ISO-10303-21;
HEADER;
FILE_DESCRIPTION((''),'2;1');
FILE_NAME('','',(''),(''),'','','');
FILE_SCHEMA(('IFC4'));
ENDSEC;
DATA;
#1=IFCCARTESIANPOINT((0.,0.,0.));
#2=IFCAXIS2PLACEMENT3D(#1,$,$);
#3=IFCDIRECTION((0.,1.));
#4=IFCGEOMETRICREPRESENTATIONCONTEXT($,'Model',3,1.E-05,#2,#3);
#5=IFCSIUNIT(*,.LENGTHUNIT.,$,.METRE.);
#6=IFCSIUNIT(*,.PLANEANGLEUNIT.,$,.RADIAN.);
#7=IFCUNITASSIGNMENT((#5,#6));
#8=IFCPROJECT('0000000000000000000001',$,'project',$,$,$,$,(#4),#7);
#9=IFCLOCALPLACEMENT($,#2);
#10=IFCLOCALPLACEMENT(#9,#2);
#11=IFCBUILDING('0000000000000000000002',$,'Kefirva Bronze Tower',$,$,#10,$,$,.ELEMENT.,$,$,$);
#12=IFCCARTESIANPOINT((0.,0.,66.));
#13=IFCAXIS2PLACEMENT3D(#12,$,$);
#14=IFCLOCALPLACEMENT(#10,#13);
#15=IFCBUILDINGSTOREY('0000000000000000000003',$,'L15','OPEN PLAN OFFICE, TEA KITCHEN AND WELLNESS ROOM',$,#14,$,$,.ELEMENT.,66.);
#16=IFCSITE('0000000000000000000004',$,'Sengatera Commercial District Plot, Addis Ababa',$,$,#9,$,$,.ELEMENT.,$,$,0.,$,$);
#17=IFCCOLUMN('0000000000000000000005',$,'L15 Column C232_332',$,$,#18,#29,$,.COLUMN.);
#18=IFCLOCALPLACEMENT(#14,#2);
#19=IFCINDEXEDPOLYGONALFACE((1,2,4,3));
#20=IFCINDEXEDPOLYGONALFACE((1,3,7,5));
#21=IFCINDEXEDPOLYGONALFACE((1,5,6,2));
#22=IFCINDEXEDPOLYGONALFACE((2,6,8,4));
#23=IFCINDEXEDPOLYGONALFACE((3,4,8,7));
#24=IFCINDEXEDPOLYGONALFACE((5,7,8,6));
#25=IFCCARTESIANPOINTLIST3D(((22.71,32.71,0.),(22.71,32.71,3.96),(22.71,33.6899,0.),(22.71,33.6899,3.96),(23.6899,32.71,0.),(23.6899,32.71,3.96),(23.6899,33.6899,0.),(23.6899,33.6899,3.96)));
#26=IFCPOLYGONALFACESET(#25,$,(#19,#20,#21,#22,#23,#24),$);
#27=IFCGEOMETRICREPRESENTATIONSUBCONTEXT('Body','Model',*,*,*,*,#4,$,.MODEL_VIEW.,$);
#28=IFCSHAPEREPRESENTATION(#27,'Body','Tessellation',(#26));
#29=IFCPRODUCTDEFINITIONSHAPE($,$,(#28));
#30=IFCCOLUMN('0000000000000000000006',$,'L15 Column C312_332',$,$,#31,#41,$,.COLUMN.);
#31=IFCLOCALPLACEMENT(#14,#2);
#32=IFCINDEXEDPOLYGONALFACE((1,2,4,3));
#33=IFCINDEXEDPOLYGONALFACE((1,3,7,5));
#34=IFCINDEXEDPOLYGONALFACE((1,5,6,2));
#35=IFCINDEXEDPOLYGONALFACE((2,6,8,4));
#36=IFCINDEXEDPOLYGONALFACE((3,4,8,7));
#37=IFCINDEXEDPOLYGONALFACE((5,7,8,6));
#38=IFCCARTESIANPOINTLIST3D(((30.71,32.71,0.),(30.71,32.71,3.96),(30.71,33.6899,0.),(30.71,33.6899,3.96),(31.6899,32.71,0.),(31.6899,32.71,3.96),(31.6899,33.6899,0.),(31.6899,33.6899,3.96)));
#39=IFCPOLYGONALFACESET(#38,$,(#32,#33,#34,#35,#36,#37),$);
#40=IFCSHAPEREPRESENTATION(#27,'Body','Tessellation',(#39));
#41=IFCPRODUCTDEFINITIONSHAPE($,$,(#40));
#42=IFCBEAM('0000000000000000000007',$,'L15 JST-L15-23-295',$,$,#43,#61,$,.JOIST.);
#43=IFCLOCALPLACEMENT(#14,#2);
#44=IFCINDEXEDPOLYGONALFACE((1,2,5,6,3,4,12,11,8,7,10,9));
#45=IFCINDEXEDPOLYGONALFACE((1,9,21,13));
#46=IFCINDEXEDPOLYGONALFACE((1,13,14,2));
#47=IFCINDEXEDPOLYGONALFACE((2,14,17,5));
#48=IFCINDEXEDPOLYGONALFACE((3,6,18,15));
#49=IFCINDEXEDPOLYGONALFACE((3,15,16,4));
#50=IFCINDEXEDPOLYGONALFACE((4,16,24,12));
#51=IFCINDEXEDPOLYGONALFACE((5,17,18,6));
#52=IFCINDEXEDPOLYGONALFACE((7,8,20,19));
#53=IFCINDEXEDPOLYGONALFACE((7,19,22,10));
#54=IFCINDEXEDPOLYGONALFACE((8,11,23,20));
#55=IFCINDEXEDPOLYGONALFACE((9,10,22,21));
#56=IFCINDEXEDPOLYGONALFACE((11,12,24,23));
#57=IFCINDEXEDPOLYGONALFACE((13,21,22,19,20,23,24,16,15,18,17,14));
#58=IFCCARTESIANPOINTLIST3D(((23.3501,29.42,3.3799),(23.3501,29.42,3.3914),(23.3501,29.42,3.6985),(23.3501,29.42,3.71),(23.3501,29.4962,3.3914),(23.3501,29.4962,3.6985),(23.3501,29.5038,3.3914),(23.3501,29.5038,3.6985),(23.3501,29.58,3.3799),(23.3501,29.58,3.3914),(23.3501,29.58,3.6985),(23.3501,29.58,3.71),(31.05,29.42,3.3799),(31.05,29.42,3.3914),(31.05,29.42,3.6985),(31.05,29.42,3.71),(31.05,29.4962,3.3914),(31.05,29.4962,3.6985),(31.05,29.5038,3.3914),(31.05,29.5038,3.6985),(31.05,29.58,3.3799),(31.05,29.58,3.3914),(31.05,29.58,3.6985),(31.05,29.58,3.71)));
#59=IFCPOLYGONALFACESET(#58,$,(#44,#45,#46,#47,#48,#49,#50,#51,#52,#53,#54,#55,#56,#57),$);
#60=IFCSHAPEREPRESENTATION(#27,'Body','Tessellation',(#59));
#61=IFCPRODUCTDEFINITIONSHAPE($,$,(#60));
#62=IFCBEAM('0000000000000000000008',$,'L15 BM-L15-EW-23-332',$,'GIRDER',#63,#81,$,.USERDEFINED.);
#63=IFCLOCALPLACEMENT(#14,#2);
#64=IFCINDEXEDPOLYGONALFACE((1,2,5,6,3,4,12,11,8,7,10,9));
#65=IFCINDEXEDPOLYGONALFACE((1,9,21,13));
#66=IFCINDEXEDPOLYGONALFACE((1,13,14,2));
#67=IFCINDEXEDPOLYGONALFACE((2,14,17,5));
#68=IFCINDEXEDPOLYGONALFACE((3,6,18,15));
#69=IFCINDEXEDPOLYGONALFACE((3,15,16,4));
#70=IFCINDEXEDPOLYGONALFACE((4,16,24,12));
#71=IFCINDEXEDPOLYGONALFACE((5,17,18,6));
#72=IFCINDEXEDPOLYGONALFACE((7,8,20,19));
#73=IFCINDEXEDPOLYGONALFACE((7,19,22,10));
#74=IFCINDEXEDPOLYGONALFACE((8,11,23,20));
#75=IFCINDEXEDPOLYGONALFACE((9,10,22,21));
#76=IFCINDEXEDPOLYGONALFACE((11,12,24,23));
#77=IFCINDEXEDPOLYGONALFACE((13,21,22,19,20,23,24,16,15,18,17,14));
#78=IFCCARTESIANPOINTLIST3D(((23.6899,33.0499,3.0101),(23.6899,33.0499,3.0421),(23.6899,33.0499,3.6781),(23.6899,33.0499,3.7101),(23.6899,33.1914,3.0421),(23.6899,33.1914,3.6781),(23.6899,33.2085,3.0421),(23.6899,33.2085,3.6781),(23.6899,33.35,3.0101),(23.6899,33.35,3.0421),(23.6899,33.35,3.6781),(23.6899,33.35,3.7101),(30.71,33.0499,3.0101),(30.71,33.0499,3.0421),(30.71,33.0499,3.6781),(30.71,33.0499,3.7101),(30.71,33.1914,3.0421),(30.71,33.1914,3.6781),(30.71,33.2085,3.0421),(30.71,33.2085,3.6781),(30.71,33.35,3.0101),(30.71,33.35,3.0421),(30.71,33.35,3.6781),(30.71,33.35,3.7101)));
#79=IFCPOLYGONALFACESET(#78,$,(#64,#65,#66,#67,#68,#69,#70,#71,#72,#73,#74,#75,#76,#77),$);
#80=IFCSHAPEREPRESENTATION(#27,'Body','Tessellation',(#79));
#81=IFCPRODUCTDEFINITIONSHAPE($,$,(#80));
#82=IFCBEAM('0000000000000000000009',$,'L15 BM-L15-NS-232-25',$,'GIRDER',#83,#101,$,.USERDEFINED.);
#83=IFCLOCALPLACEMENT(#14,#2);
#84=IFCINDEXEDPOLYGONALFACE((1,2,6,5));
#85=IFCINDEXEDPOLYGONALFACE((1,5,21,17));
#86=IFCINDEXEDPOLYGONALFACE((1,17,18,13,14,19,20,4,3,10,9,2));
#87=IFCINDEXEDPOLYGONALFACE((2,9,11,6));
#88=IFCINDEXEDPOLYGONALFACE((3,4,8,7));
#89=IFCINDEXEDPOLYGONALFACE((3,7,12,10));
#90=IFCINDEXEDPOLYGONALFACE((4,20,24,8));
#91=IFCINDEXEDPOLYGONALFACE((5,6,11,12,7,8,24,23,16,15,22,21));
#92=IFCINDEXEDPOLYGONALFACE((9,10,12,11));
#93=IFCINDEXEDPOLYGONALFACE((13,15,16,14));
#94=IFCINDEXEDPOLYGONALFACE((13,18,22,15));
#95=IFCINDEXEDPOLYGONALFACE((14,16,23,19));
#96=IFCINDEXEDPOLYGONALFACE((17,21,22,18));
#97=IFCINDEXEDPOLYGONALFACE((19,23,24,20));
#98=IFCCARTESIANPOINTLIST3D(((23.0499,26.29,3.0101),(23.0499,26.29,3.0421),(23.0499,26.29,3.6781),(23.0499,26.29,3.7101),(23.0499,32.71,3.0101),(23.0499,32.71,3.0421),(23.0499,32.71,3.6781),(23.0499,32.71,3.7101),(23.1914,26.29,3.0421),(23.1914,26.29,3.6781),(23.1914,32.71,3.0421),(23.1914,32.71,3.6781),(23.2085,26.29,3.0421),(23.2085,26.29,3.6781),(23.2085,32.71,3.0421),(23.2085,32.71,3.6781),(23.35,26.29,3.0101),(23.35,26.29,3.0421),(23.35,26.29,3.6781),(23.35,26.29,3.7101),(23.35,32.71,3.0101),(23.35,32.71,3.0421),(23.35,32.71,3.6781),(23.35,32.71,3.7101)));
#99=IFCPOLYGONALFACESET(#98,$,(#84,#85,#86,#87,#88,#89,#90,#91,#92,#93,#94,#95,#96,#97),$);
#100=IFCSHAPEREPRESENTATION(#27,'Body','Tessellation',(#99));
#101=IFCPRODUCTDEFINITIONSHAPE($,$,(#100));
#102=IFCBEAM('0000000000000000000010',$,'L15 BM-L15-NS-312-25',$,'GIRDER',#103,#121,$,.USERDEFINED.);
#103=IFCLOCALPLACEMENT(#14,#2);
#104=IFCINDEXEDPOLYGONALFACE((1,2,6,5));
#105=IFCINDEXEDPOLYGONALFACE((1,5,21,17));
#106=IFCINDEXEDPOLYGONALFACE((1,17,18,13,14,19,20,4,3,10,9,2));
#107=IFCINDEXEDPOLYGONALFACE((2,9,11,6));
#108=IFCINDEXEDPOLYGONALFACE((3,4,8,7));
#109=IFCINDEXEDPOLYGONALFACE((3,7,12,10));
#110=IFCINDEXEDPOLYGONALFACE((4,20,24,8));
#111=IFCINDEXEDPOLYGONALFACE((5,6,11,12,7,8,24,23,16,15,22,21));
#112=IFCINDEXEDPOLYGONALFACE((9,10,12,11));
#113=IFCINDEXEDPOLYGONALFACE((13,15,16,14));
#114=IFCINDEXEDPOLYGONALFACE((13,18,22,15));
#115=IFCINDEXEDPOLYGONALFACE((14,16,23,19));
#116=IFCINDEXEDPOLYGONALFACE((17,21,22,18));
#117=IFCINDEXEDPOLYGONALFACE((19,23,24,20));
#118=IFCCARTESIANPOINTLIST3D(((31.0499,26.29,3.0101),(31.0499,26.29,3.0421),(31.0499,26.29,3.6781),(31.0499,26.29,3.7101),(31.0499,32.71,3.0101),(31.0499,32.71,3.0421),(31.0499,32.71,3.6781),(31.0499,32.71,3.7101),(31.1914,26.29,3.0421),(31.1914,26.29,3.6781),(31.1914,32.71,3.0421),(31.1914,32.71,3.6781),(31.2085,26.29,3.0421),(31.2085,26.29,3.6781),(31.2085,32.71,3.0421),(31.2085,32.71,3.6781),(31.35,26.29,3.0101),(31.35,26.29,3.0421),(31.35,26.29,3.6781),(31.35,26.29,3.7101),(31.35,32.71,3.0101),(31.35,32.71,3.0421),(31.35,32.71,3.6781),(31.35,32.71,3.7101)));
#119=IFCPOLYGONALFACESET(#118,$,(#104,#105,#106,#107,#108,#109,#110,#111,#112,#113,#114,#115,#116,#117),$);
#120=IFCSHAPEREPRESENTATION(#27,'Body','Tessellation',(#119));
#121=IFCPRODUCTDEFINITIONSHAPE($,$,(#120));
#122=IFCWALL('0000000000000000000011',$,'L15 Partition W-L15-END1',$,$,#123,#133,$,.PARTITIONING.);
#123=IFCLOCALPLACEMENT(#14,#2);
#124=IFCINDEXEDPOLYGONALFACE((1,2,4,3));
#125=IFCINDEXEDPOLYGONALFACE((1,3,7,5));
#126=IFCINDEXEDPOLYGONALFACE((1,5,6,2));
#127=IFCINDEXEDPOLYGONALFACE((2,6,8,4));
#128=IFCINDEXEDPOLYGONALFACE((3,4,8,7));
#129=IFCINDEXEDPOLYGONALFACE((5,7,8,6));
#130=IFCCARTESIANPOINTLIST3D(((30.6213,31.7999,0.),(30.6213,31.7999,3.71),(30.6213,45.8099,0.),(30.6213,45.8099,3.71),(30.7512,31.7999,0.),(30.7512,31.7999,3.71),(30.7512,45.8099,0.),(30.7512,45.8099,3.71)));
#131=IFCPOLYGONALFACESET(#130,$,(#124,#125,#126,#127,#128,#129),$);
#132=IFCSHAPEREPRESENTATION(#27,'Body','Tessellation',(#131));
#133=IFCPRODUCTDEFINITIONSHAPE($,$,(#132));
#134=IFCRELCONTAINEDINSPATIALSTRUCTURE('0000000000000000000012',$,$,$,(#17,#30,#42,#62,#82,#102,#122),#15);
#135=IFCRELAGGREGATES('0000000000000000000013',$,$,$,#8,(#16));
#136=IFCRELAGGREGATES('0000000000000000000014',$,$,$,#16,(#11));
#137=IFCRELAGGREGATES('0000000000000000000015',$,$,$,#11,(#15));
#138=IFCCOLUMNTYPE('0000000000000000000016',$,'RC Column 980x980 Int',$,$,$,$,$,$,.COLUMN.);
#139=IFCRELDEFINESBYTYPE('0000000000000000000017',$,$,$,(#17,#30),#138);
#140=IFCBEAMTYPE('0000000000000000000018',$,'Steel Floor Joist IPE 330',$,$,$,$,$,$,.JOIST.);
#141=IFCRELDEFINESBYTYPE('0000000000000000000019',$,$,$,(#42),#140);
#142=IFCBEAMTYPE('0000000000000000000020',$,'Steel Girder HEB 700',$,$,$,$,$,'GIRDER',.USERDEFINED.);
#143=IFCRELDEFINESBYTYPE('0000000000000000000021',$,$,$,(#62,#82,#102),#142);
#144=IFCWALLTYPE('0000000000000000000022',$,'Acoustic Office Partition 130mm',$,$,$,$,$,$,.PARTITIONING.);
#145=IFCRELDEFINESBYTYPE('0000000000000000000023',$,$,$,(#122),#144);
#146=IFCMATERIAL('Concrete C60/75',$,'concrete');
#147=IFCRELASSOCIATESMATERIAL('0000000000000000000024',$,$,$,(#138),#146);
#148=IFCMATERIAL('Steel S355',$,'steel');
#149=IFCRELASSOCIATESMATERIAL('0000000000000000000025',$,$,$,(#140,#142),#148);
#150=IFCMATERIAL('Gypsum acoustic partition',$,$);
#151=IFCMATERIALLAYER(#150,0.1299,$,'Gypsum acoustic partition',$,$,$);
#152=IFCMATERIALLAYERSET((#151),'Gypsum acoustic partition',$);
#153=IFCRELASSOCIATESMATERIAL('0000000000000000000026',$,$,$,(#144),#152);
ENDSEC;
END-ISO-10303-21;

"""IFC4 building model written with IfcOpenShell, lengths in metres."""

from ifc_helpers import new_model, si_unit, direction, frame, frame_2d, origin, origin_2d, place, context, subcontext, project, spatial, rectangle, i_section, extrude, material, layer, layer_set, material_profile, profile_set, type_object, element, save


model = new_model("IFC4")

# Units and contexts
model_context = context("Model", 3, precision=1e-05, world=origin(), true_north=direction((0.0, 1.0)))
body_context = subcontext(model_context, "Body", "Model", "MODEL_VIEW")
ifc_project = project(units=[si_unit("LENGTHUNIT", "METRE"), si_unit("PLANEANGLEUNIT", "RADIAN")], contexts=[model_context])

# Site, building, storey
site_placement = place(None, origin())
site = spatial("IfcSite", under=ifc_project, at=site_placement, Name="Sengatera Commercial District Plot, Addis Ababa", CompositionType="ELEMENT", RefElevation=0.0)
building_placement = place(site_placement, origin())
building = spatial("IfcBuilding", under=site, at=building_placement, Name="Kefirva Bronze Tower", CompositionType="ELEMENT")
storey_placement = place(building_placement, frame((0.0, 0.0, 66.0)))
storey = spatial("IfcBuildingStorey", under=building, at=storey_placement, Name="L15", Description="OPEN PLAN OFFICE, TEA KITCHEN AND WELLNESS ROOM", CompositionType="ELEMENT", Elevation=66.0)

# Columns
ifc_material_1 = material(Name="Concrete C60/75", Category="concrete")
ifc_material_profile_1 = material_profile(ifc_material_1, rectangle(XDim=0.98, YDim=0.98, at=origin_2d()), Name="RC 980x980")
ifc_profile_set_1 = profile_set([ifc_material_profile_1], Name="Concrete C60/75")
column_type = type_object("IfcColumnType", Name="RC Column 980x980 Int", PredefinedType="COLUMN", material=ifc_profile_set_1)
for number, where, z_axis, x_axis, name in (
    (1, (23.2, 33.2, 0.0), (0.0, 0.0, 1.0), (1.0, 0.0, 0.0), "L15 Column C232_332"),
    (2, (31.2, 33.2, 0.0), (0.0, 0.0, 1.0), (1.0, 0.0, 0.0), "L15 Column C312_332"),
):
    element("IfcColumn", number, at=place(storey_placement, frame(where, z_axis=z_axis, x_axis=x_axis)), inside=storey, type_object=column_type, Name=name, PredefinedType="COLUMN", context=body_context, shape_type="SweptSolid", body=[
        extrude(rectangle(XDim=0.98, YDim=0.98, at=origin_2d()), origin(), (0.0, 0.0, 1.0), 3.96),
    ])

# Beams
ifc_material_2 = material(Name="Steel S355", Category="steel")
ifc_material_profile_2 = material_profile(ifc_material_2, i_section(OverallWidth=0.1599, OverallDepth=0.3301, WebThickness=0.0076, FlangeThickness=0.0115, at=origin_2d()), Name="IPE 330")
ifc_profile_set_2 = profile_set([ifc_material_profile_2], Name="Steel S355")
beam_type_1 = type_object("IfcBeamType", Name="Steel Floor Joist IPE 330", PredefinedType="JOIST", material=ifc_profile_set_2)
beam_1_placement = place(storey_placement, frame((23.3501, 29.5, 3.5449), z_axis=(1.0, 0.0, 0.0), x_axis=(0.0, 1.0, 0.0)))
element("IfcBeam", 3, at=beam_1_placement, inside=storey, type_object=beam_type_1, Name="L15 JST-L15-23-295", PredefinedType="JOIST", context=body_context, shape_type="SweptSolid", body=[
    extrude(i_section(OverallWidth=0.1599, OverallDepth=0.3301, WebThickness=0.0076, FlangeThickness=0.0115, at=origin_2d()), origin(), (0.0, 0.0, 1.0), 7.7),
])
ifc_material_profile_3 = material_profile(ifc_material_2, i_section(OverallWidth=0.3, OverallDepth=0.7, WebThickness=0.0171, FlangeThickness=0.032, at=origin_2d()), Name="HEB 700")
ifc_profile_set_3 = profile_set([ifc_material_profile_3], Name="Steel S355")
beam_type_2 = type_object("IfcBeamType", Name="Steel Girder HEB 700", ElementType="GIRDER", PredefinedType="USERDEFINED", material=ifc_profile_set_3)
beam_2_placement = place(storey_placement, frame((23.6899, 33.2, 3.3601), z_axis=(1.0, 0.0, 0.0), x_axis=(0.0, 1.0, 0.0)))
element("IfcBeam", 4, at=beam_2_placement, inside=storey, type_object=beam_type_2, Name="L15 BM-L15-EW-23-332", ObjectType="GIRDER", PredefinedType="USERDEFINED", context=body_context, shape_type="SweptSolid", body=[
    extrude(i_section(OverallWidth=0.3, OverallDepth=0.7, WebThickness=0.0171, FlangeThickness=0.032, at=origin_2d()), origin(), (0.0, 0.0, 1.0), 7.02),
])
for number, where, z_axis, x_axis, name in (
    (5, (23.2, 26.29, 3.3601), (0.0, 1.0, 0.0), (-1.0, 0.0, 0.0), "L15 BM-L15-NS-232-25"),
    (6, (31.2, 26.29, 3.3601), (0.0, 1.0, 0.0), (-1.0, 0.0, 0.0), "L15 BM-L15-NS-312-25"),
):
    element("IfcBeam", number, at=place(storey_placement, frame(where, z_axis=z_axis, x_axis=x_axis)), inside=storey, type_object=beam_type_2, Name=name, ObjectType="GIRDER", PredefinedType="USERDEFINED", context=body_context, shape_type="SweptSolid", body=[
        extrude(i_section(OverallWidth=0.3, OverallDepth=0.7, WebThickness=0.0171, FlangeThickness=0.032, at=origin_2d()), origin(), (0.0, 0.0, 1.0), 6.4199),
    ])

# Wall
ifc_material_3 = material(Name="Gypsum acoustic partition")
ifc_layer_1 = layer(ifc_material_3, 0.1299, Name="Gypsum acoustic partition")
ifc_layer_set_1 = layer_set([ifc_layer_1], Name="Gypsum acoustic partition")
wall_type_1 = type_object("IfcWallType", Name="Acoustic Office Partition 130mm", PredefinedType="PARTITIONING", material=ifc_layer_set_1)
wall_1_placement = place(storey_placement, frame((30.6863, 31.8, 0.0), z_axis=(0.0, 0.0, 1.0), x_axis=(0.0, 1.0, 0.0)))
element("IfcWall", 7, at=wall_1_placement, inside=storey, type_object=wall_type_1, Name="L15 Partition W-L15-END1", PredefinedType="PARTITIONING", context=body_context, shape_type="SweptSolid", body=[
    extrude(rectangle(XDim=14.01, YDim=0.1299, at=frame_2d((7.0049, 0.0))), origin(), (0.0, 0.0, 1.0), 3.71),
])

save(model, "model.ifc")
